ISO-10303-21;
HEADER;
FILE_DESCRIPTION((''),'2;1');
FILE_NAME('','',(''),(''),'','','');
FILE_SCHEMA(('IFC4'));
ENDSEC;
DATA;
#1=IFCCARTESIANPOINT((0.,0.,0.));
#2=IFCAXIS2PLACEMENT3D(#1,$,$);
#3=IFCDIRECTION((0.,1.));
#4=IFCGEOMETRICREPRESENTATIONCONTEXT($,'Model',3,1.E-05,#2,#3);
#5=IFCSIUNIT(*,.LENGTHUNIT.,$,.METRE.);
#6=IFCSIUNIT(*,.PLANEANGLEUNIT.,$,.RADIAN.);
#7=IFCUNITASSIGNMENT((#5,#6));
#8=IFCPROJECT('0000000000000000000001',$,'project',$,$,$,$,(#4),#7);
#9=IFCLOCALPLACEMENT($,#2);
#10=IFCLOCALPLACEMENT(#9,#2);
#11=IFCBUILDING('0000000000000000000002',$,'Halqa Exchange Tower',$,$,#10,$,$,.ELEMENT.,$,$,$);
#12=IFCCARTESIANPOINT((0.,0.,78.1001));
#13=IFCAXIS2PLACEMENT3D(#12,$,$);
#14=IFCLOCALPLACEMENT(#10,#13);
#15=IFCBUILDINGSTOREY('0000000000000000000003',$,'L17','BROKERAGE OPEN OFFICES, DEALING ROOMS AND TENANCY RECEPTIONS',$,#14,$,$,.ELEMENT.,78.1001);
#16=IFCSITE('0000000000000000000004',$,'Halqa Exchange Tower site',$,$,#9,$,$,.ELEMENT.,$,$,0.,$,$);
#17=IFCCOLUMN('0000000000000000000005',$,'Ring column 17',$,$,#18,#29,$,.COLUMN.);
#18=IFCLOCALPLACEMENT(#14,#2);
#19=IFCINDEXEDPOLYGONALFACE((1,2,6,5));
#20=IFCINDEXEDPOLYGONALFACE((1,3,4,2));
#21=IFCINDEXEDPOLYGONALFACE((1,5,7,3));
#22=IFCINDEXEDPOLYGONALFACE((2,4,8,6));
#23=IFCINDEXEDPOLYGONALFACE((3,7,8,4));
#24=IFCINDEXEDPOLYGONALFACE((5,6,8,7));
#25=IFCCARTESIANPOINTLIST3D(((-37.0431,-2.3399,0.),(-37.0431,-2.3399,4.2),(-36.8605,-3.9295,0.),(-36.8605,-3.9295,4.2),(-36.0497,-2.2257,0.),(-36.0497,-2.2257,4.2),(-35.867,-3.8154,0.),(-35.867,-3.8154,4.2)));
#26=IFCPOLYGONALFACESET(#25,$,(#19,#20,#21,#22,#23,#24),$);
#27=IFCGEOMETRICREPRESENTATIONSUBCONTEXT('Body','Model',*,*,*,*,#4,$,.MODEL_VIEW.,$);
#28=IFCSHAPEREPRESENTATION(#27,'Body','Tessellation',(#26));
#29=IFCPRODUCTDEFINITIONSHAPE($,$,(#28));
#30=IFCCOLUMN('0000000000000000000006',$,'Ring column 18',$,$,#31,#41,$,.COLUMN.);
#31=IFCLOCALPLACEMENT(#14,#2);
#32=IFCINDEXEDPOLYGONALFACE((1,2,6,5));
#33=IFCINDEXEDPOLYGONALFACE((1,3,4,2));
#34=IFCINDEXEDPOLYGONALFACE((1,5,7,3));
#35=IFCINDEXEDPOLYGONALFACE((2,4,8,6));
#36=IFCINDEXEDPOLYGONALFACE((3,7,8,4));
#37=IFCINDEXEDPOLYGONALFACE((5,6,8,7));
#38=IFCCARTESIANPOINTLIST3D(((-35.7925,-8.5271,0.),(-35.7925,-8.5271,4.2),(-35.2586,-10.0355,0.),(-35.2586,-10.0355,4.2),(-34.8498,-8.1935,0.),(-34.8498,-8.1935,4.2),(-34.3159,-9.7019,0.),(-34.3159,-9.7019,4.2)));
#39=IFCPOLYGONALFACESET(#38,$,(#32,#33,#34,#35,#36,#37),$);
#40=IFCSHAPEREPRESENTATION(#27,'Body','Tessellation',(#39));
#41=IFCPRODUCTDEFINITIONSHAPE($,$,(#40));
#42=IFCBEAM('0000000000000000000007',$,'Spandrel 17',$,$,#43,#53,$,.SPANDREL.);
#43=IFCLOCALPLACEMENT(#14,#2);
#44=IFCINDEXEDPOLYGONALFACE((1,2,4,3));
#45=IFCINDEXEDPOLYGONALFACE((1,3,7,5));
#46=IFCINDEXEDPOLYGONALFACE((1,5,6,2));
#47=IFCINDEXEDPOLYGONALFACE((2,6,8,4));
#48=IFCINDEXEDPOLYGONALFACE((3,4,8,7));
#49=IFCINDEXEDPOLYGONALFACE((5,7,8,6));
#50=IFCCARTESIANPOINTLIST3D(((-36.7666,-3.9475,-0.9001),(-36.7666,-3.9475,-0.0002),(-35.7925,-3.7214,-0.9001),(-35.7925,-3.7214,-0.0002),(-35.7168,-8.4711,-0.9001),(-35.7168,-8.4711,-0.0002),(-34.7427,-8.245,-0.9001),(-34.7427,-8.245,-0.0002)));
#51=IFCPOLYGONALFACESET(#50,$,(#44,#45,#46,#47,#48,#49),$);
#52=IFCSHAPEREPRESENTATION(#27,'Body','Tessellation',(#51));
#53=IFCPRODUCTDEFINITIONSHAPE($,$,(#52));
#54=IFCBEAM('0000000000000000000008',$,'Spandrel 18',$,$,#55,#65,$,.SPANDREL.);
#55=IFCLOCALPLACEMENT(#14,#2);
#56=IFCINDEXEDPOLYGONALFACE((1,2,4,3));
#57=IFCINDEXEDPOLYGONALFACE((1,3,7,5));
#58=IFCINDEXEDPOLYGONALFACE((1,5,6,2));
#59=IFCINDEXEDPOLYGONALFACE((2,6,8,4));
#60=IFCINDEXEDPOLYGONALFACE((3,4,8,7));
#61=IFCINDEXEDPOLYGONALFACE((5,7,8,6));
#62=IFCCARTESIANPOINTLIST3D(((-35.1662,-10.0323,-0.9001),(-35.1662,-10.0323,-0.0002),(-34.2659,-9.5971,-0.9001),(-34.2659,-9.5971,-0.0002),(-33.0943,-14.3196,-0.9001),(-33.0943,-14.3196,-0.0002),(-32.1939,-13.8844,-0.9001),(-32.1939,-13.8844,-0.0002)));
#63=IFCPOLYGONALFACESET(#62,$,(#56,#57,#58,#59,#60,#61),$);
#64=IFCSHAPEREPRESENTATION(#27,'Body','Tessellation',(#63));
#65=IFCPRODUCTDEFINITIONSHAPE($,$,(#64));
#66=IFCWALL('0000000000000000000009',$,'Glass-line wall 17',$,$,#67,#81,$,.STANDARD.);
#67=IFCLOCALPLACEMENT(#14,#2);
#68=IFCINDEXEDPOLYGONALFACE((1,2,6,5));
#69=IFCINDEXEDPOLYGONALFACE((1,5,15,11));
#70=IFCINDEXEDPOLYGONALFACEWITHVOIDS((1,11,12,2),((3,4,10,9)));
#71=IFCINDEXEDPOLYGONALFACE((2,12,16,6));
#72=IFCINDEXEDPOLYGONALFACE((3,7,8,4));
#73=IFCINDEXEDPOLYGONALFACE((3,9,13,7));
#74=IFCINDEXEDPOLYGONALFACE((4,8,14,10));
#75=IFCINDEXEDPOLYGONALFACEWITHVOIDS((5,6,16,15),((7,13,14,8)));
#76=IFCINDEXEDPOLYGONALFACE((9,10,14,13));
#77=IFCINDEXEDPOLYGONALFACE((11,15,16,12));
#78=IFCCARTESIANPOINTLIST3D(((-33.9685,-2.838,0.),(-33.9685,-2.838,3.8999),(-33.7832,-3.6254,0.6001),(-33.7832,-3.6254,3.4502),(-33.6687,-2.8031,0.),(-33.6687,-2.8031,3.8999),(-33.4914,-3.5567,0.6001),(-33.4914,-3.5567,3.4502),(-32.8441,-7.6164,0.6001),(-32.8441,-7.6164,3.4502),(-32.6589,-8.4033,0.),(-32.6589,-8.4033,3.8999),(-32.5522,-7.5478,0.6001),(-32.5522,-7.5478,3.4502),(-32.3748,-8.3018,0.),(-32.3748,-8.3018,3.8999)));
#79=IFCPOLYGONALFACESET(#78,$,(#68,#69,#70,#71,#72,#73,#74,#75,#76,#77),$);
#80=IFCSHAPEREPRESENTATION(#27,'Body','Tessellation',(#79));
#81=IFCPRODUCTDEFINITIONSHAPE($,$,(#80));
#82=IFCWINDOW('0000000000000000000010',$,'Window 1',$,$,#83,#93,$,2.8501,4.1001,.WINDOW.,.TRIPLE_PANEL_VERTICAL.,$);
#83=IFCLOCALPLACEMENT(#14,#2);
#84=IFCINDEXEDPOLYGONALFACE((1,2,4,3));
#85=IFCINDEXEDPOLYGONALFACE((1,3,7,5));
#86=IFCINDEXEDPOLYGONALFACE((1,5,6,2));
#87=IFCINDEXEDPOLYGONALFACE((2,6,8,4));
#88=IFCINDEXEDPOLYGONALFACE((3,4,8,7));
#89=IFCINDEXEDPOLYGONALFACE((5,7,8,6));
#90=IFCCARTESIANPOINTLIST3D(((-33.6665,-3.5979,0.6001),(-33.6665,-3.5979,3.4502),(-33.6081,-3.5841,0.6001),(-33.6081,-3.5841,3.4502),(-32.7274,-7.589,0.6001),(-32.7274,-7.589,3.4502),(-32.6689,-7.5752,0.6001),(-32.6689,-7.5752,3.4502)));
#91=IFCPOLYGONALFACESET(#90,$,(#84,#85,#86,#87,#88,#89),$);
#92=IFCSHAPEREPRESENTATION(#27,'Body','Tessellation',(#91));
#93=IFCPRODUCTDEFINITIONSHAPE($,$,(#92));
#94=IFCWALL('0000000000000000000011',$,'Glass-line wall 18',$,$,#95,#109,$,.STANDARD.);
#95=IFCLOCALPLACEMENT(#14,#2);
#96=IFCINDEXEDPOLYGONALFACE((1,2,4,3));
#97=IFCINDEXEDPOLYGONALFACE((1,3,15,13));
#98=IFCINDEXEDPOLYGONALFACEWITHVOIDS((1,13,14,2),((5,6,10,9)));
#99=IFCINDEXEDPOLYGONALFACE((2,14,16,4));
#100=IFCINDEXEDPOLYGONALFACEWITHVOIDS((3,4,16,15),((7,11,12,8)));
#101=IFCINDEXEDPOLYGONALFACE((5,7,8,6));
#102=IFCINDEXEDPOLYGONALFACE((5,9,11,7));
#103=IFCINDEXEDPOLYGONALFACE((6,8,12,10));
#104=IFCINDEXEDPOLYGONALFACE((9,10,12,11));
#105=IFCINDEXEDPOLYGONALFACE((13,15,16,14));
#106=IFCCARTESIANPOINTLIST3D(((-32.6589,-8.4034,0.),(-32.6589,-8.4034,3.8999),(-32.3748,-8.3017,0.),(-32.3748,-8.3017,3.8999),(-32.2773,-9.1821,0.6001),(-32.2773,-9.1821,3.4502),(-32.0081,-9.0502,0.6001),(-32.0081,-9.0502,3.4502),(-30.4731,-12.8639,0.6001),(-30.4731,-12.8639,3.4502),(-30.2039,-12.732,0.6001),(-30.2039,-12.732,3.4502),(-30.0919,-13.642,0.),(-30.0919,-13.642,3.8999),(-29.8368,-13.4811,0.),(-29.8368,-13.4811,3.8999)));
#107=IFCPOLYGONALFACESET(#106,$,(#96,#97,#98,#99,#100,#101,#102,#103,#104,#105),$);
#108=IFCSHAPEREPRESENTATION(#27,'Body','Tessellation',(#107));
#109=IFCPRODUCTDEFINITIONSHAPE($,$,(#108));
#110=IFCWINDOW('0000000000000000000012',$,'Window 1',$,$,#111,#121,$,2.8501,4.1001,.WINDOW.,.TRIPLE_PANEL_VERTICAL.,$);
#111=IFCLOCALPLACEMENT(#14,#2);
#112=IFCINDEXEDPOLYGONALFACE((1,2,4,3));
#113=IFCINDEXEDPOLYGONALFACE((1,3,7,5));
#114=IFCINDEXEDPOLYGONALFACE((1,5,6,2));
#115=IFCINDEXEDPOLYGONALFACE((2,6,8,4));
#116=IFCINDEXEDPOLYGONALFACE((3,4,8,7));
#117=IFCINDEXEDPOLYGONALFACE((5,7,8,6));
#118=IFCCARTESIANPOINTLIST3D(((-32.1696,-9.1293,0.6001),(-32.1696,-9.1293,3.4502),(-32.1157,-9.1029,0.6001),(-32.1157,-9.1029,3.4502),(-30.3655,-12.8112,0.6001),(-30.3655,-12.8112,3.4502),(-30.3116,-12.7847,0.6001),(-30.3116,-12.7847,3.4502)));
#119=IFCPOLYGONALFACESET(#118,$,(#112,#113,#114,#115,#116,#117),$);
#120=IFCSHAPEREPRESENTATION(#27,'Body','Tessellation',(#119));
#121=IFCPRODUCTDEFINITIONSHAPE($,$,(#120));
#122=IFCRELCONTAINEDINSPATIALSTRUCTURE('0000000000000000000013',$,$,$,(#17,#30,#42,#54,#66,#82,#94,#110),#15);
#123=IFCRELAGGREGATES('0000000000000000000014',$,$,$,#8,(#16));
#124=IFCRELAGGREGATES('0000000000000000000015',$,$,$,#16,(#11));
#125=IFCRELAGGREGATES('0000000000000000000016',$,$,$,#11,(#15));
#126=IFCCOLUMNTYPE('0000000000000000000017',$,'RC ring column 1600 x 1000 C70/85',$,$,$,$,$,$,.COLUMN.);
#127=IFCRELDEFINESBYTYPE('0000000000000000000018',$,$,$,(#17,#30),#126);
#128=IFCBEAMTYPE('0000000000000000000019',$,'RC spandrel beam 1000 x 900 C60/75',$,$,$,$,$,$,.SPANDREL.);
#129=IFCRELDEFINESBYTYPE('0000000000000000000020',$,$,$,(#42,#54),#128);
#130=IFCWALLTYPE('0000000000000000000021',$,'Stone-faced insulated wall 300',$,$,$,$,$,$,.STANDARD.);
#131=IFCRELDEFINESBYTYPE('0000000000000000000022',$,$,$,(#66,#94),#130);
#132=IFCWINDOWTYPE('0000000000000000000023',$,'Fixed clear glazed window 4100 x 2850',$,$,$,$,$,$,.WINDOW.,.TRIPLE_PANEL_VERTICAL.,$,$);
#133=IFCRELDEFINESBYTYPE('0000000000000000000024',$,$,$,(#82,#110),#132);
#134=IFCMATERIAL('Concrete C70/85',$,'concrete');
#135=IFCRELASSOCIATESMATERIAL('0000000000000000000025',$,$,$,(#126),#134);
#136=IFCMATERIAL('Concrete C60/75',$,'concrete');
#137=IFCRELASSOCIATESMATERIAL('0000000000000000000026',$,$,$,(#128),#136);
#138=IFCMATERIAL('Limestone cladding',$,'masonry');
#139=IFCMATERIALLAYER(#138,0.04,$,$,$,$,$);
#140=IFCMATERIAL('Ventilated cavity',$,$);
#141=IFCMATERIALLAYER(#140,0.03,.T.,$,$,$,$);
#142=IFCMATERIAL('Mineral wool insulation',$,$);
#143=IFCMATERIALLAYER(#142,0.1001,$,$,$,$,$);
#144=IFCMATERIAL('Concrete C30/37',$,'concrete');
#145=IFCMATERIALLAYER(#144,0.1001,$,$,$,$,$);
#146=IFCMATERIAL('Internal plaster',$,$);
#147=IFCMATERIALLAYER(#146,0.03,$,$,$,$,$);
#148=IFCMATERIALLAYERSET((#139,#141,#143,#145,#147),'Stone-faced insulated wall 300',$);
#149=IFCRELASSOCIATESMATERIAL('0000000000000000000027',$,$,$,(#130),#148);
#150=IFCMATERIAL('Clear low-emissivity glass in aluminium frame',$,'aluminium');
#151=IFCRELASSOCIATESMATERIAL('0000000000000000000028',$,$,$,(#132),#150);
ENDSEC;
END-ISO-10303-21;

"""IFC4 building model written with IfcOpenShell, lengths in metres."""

from ifc_helpers import new_model, si_unit, direction, frame, frame_2d, origin, origin_2d, place, context, subcontext, project, spatial, polyline, rectangle, outline, extrude, material, layer, layer_set, material_profile, profile_set, type_object, element, fill, save


model = new_model("IFC4")

# Units and contexts
model_context = context("Model", 3, precision=1e-05, world=origin(), true_north=direction((0.0, 1.0)))
body_context = subcontext(model_context, "Body", "Model", "MODEL_VIEW")
ifc_project = project(units=[si_unit("LENGTHUNIT", "METRE"), si_unit("PLANEANGLEUNIT", "RADIAN")], contexts=[model_context])

# Site, building, storey
site_placement = place(None, origin())
site = spatial("IfcSite", under=ifc_project, at=site_placement, Name="Halqa Exchange Tower site", CompositionType="ELEMENT", RefElevation=0.0)
building_placement = place(site_placement, origin())
building = spatial("IfcBuilding", under=site, at=building_placement, Name="Halqa Exchange Tower", CompositionType="ELEMENT")
storey_placement = place(building_placement, frame((0.0, 0.0, 78.1001)))
storey = spatial("IfcBuildingStorey", under=building, at=storey_placement, Name="L17", Description="BROKERAGE OPEN OFFICES, DEALING ROOMS AND TENANCY RECEPTIONS", CompositionType="ELEMENT", Elevation=78.1001)

# Columns
ifc_material_1 = material(Name="Concrete C70/85", Category="concrete")
ifc_material_profile_1 = material_profile(ifc_material_1, rectangle(XDim=1.6001, YDim=1.0, at=origin_2d()), Name="1600 x 1000")
ifc_profile_set_1 = profile_set([ifc_material_profile_1], Name="Concrete C70/85")
column_type = type_object("IfcColumnType", Name="RC ring column 1600 x 1000 C70/85", PredefinedType="COLUMN", material=ifc_profile_set_1)
for number, where, z_axis, x_axis, name in (
    (1, (-36.4551, -3.0776, 0.0), (0.0, 0.0, 1.0), (0.114152, -0.993463, 0.0), "Ring column 17"),
    (2, (-35.0542, -9.1145, 0.0), (0.0, 0.0, 1.0), (0.333624, -0.942706, 0.0), "Ring column 18"),
):
    element("IfcColumn", number, at=place(storey_placement, frame(where, z_axis=z_axis, x_axis=x_axis)), inside=storey, type_object=column_type, Name=name, PredefinedType="COLUMN", context=body_context, shape_type="SweptSolid", body=[
        extrude(rectangle(XDim=1.6001, YDim=1.0, at=origin_2d()), origin(), (0.0, 0.0, 1.0), 4.2),
    ])

# Beams
ifc_material_2 = material(Name="Concrete C60/75", Category="concrete")
ifc_material_profile_2 = material_profile(ifc_material_2, rectangle(XDim=1.0, YDim=0.8999, at=origin_2d()), Name="1000 x 900")
ifc_profile_set_2 = profile_set([ifc_material_profile_2], Name="Concrete C60/75")
beam_type = type_object("IfcBeamType", Name="RC spandrel beam 1000 x 900 C60/75", PredefinedType="SPANDREL", material=ifc_profile_set_2)
beam_1_placement = place(storey_placement, frame((-36.2795, -3.8345, -0.4502), z_axis=(0.226061, -0.974113, 0.0), x_axis=(0.974113, 0.226061, 0.0)))
element("IfcBeam", 3, at=beam_1_placement, inside=storey, type_object=beam_type, Name="Spandrel 17", PredefinedType="SPANDREL", context=body_context, shape_type="SweptSolid", body=[
    extrude(rectangle(XDim=1.0, YDim=0.8999, at=origin_2d()), origin(), (0.0, 0.0, 1.0), 4.6438),
])
beam_2_placement = place(storey_placement, frame((-34.7161, -9.8147, -0.4502), z_axis=(0.435135, -0.900365, 0.0), x_axis=(0.900365, 0.435135, 0.0)))
element("IfcBeam", 4, at=beam_2_placement, inside=storey, type_object=beam_type, Name="Spandrel 18", PredefinedType="SPANDREL", context=body_context, shape_type="SweptSolid", body=[
    extrude(rectangle(XDim=1.0, YDim=0.8999, at=origin_2d()), origin(), (0.0, 0.0, 1.0), 4.7617),
])

# Walls, openings, windows
ifc_material_3 = material(Name="Limestone cladding", Category="masonry")
ifc_layer_1 = layer(ifc_material_3, 0.04)
ifc_material_4 = material(Name="Ventilated cavity")
ifc_layer_2 = layer(ifc_material_4, 0.03, ventilated=True)
ifc_material_5 = material(Name="Mineral wool insulation")
ifc_layer_3 = layer(ifc_material_5, 0.1001)
ifc_material_6 = material(Name="Concrete C30/37", Category="concrete")
ifc_layer_4 = layer(ifc_material_6, 0.1001)
ifc_material_7 = material(Name="Internal plaster")
ifc_layer_5 = layer(ifc_material_7, 0.03)
ifc_layer_set = layer_set([ifc_layer_1, ifc_layer_2, ifc_layer_3, ifc_layer_4, ifc_layer_5], Name="Stone-faced insulated wall 300")
wall_type = type_object("IfcWallType", Name="Stone-faced insulated wall 300", PredefinedType="STANDARD", material=ifc_layer_set)
wall_1_placement = place(storey_placement, frame((-33.8186, -2.8206, 0.0), z_axis=(0.0, 0.0, 1.0), x_axis=(0.229058, -0.973413, 0.0)))
wall_1 = element("IfcWall", 5, at=wall_1_placement, inside=storey, type_object=wall_type, Name="Glass-line wall 17", PredefinedType="STANDARD", context=body_context, shape_type="SweptSolid", body=[
    extrude(outline(polyline([(-0.0173, -0.1499), (5.7, -0.1499), (5.6663, 0.1499), (0.0173, 0.1499), (-0.0173, -0.1499)])), origin(), (0.0, 0.0, 1.0), 3.8999),
])
opening_1_placement = place(wall_1_placement, frame((0.7915, 0.0, 0.6001)))
opening_1 = element("IfcOpeningElement", 6, at=opening_1_placement, cuts=wall_1, PredefinedType="OPENING", context=body_context, shape_type="SweptSolid", body=[
    extrude(rectangle(XDim=4.1001, YDim=2.8501, at=frame_2d((2.05, 1.425))), frame((0.0, 0.1621, 0.0), z_axis=(0.0, -1.0, 0.0), x_axis=(1.0, 0.0, 0.0)), (0.0, 0.0, 1.0), 0.324),
])
ifc_material_8 = material(Name="Clear low-emissivity glass in aluminium frame", Category="aluminium")
window_type = type_object("IfcWindowType", Name="Fixed clear glazed window 4100 x 2850", PartitioningType="TRIPLE_PANEL_VERTICAL", PredefinedType="WINDOW", material=ifc_material_8)
window_1_placement = place(opening_1_placement, origin())
window_1 = element("IfcWindow", 7, at=window_1_placement, inside=storey, type_object=window_type, Name="Window 1", OverallHeight=2.8501, OverallWidth=4.1001, PartitioningType="TRIPLE_PANEL_VERTICAL", PredefinedType="WINDOW", context=body_context, shape_type="SweptSolid", body=[
    extrude(rectangle(XDim=4.1001, YDim=2.8501, at=frame_2d((2.05, 1.425))), frame((0.0, 0.03, 0.0), z_axis=(0.0, -1.0, 0.0), x_axis=(1.0, 0.0, 0.0)), (0.0, 0.0, 1.0), 0.0601),
])
fill(opening_1, window_1)
wall_2_placement = place(storey_placement, frame((-32.5168, -8.3525, 0.0), z_axis=(0.0, 0.0, 1.0), x_axis=(0.440027, -0.897984, 0.0)))
wall_2 = element("IfcWall", 8, at=wall_2_placement, inside=storey, type_object=wall_type, Name="Glass-line wall 18", PredefinedType="STANDARD", context=body_context, shape_type="SweptSolid", body=[
    extrude(outline(polyline([(-0.0168, -0.1499), (5.8169, -0.1499), (5.7847, 0.1499), (0.0168, 0.1499), (-0.0168, -0.1499)])), origin(), (0.0, 0.0, 1.0), 3.8999),
])
opening_2_placement = place(wall_2_placement, frame((0.8503, 0.0, 0.6001)))
opening_2 = element("IfcOpeningElement", 9, at=opening_2_placement, cuts=wall_2, PredefinedType="OPENING", context=body_context, shape_type="SweptSolid", body=[
    extrude(rectangle(XDim=4.1001, YDim=2.8501, at=frame_2d((2.05, 1.425))), frame((0.0, 0.1621, 0.0), z_axis=(0.0, -1.0, 0.0), x_axis=(1.0, 0.0, 0.0)), (0.0, 0.0, 1.0), 0.324),
])
window_2_placement = place(opening_2_placement, origin())
window_2 = element("IfcWindow", 10, at=window_2_placement, inside=storey, type_object=window_type, Name="Window 1", OverallHeight=2.8501, OverallWidth=4.1001, PartitioningType="TRIPLE_PANEL_VERTICAL", PredefinedType="WINDOW", context=body_context, shape_type="SweptSolid", body=[
    extrude(rectangle(XDim=4.1001, YDim=2.8501, at=frame_2d((2.05, 1.425))), frame((0.0, 0.03, 0.0), z_axis=(0.0, -1.0, 0.0), x_axis=(1.0, 0.0, 0.0)), (0.0, 0.0, 1.0), 0.0601),
])
fill(opening_2, window_2)

save(model, "model.ifc")
